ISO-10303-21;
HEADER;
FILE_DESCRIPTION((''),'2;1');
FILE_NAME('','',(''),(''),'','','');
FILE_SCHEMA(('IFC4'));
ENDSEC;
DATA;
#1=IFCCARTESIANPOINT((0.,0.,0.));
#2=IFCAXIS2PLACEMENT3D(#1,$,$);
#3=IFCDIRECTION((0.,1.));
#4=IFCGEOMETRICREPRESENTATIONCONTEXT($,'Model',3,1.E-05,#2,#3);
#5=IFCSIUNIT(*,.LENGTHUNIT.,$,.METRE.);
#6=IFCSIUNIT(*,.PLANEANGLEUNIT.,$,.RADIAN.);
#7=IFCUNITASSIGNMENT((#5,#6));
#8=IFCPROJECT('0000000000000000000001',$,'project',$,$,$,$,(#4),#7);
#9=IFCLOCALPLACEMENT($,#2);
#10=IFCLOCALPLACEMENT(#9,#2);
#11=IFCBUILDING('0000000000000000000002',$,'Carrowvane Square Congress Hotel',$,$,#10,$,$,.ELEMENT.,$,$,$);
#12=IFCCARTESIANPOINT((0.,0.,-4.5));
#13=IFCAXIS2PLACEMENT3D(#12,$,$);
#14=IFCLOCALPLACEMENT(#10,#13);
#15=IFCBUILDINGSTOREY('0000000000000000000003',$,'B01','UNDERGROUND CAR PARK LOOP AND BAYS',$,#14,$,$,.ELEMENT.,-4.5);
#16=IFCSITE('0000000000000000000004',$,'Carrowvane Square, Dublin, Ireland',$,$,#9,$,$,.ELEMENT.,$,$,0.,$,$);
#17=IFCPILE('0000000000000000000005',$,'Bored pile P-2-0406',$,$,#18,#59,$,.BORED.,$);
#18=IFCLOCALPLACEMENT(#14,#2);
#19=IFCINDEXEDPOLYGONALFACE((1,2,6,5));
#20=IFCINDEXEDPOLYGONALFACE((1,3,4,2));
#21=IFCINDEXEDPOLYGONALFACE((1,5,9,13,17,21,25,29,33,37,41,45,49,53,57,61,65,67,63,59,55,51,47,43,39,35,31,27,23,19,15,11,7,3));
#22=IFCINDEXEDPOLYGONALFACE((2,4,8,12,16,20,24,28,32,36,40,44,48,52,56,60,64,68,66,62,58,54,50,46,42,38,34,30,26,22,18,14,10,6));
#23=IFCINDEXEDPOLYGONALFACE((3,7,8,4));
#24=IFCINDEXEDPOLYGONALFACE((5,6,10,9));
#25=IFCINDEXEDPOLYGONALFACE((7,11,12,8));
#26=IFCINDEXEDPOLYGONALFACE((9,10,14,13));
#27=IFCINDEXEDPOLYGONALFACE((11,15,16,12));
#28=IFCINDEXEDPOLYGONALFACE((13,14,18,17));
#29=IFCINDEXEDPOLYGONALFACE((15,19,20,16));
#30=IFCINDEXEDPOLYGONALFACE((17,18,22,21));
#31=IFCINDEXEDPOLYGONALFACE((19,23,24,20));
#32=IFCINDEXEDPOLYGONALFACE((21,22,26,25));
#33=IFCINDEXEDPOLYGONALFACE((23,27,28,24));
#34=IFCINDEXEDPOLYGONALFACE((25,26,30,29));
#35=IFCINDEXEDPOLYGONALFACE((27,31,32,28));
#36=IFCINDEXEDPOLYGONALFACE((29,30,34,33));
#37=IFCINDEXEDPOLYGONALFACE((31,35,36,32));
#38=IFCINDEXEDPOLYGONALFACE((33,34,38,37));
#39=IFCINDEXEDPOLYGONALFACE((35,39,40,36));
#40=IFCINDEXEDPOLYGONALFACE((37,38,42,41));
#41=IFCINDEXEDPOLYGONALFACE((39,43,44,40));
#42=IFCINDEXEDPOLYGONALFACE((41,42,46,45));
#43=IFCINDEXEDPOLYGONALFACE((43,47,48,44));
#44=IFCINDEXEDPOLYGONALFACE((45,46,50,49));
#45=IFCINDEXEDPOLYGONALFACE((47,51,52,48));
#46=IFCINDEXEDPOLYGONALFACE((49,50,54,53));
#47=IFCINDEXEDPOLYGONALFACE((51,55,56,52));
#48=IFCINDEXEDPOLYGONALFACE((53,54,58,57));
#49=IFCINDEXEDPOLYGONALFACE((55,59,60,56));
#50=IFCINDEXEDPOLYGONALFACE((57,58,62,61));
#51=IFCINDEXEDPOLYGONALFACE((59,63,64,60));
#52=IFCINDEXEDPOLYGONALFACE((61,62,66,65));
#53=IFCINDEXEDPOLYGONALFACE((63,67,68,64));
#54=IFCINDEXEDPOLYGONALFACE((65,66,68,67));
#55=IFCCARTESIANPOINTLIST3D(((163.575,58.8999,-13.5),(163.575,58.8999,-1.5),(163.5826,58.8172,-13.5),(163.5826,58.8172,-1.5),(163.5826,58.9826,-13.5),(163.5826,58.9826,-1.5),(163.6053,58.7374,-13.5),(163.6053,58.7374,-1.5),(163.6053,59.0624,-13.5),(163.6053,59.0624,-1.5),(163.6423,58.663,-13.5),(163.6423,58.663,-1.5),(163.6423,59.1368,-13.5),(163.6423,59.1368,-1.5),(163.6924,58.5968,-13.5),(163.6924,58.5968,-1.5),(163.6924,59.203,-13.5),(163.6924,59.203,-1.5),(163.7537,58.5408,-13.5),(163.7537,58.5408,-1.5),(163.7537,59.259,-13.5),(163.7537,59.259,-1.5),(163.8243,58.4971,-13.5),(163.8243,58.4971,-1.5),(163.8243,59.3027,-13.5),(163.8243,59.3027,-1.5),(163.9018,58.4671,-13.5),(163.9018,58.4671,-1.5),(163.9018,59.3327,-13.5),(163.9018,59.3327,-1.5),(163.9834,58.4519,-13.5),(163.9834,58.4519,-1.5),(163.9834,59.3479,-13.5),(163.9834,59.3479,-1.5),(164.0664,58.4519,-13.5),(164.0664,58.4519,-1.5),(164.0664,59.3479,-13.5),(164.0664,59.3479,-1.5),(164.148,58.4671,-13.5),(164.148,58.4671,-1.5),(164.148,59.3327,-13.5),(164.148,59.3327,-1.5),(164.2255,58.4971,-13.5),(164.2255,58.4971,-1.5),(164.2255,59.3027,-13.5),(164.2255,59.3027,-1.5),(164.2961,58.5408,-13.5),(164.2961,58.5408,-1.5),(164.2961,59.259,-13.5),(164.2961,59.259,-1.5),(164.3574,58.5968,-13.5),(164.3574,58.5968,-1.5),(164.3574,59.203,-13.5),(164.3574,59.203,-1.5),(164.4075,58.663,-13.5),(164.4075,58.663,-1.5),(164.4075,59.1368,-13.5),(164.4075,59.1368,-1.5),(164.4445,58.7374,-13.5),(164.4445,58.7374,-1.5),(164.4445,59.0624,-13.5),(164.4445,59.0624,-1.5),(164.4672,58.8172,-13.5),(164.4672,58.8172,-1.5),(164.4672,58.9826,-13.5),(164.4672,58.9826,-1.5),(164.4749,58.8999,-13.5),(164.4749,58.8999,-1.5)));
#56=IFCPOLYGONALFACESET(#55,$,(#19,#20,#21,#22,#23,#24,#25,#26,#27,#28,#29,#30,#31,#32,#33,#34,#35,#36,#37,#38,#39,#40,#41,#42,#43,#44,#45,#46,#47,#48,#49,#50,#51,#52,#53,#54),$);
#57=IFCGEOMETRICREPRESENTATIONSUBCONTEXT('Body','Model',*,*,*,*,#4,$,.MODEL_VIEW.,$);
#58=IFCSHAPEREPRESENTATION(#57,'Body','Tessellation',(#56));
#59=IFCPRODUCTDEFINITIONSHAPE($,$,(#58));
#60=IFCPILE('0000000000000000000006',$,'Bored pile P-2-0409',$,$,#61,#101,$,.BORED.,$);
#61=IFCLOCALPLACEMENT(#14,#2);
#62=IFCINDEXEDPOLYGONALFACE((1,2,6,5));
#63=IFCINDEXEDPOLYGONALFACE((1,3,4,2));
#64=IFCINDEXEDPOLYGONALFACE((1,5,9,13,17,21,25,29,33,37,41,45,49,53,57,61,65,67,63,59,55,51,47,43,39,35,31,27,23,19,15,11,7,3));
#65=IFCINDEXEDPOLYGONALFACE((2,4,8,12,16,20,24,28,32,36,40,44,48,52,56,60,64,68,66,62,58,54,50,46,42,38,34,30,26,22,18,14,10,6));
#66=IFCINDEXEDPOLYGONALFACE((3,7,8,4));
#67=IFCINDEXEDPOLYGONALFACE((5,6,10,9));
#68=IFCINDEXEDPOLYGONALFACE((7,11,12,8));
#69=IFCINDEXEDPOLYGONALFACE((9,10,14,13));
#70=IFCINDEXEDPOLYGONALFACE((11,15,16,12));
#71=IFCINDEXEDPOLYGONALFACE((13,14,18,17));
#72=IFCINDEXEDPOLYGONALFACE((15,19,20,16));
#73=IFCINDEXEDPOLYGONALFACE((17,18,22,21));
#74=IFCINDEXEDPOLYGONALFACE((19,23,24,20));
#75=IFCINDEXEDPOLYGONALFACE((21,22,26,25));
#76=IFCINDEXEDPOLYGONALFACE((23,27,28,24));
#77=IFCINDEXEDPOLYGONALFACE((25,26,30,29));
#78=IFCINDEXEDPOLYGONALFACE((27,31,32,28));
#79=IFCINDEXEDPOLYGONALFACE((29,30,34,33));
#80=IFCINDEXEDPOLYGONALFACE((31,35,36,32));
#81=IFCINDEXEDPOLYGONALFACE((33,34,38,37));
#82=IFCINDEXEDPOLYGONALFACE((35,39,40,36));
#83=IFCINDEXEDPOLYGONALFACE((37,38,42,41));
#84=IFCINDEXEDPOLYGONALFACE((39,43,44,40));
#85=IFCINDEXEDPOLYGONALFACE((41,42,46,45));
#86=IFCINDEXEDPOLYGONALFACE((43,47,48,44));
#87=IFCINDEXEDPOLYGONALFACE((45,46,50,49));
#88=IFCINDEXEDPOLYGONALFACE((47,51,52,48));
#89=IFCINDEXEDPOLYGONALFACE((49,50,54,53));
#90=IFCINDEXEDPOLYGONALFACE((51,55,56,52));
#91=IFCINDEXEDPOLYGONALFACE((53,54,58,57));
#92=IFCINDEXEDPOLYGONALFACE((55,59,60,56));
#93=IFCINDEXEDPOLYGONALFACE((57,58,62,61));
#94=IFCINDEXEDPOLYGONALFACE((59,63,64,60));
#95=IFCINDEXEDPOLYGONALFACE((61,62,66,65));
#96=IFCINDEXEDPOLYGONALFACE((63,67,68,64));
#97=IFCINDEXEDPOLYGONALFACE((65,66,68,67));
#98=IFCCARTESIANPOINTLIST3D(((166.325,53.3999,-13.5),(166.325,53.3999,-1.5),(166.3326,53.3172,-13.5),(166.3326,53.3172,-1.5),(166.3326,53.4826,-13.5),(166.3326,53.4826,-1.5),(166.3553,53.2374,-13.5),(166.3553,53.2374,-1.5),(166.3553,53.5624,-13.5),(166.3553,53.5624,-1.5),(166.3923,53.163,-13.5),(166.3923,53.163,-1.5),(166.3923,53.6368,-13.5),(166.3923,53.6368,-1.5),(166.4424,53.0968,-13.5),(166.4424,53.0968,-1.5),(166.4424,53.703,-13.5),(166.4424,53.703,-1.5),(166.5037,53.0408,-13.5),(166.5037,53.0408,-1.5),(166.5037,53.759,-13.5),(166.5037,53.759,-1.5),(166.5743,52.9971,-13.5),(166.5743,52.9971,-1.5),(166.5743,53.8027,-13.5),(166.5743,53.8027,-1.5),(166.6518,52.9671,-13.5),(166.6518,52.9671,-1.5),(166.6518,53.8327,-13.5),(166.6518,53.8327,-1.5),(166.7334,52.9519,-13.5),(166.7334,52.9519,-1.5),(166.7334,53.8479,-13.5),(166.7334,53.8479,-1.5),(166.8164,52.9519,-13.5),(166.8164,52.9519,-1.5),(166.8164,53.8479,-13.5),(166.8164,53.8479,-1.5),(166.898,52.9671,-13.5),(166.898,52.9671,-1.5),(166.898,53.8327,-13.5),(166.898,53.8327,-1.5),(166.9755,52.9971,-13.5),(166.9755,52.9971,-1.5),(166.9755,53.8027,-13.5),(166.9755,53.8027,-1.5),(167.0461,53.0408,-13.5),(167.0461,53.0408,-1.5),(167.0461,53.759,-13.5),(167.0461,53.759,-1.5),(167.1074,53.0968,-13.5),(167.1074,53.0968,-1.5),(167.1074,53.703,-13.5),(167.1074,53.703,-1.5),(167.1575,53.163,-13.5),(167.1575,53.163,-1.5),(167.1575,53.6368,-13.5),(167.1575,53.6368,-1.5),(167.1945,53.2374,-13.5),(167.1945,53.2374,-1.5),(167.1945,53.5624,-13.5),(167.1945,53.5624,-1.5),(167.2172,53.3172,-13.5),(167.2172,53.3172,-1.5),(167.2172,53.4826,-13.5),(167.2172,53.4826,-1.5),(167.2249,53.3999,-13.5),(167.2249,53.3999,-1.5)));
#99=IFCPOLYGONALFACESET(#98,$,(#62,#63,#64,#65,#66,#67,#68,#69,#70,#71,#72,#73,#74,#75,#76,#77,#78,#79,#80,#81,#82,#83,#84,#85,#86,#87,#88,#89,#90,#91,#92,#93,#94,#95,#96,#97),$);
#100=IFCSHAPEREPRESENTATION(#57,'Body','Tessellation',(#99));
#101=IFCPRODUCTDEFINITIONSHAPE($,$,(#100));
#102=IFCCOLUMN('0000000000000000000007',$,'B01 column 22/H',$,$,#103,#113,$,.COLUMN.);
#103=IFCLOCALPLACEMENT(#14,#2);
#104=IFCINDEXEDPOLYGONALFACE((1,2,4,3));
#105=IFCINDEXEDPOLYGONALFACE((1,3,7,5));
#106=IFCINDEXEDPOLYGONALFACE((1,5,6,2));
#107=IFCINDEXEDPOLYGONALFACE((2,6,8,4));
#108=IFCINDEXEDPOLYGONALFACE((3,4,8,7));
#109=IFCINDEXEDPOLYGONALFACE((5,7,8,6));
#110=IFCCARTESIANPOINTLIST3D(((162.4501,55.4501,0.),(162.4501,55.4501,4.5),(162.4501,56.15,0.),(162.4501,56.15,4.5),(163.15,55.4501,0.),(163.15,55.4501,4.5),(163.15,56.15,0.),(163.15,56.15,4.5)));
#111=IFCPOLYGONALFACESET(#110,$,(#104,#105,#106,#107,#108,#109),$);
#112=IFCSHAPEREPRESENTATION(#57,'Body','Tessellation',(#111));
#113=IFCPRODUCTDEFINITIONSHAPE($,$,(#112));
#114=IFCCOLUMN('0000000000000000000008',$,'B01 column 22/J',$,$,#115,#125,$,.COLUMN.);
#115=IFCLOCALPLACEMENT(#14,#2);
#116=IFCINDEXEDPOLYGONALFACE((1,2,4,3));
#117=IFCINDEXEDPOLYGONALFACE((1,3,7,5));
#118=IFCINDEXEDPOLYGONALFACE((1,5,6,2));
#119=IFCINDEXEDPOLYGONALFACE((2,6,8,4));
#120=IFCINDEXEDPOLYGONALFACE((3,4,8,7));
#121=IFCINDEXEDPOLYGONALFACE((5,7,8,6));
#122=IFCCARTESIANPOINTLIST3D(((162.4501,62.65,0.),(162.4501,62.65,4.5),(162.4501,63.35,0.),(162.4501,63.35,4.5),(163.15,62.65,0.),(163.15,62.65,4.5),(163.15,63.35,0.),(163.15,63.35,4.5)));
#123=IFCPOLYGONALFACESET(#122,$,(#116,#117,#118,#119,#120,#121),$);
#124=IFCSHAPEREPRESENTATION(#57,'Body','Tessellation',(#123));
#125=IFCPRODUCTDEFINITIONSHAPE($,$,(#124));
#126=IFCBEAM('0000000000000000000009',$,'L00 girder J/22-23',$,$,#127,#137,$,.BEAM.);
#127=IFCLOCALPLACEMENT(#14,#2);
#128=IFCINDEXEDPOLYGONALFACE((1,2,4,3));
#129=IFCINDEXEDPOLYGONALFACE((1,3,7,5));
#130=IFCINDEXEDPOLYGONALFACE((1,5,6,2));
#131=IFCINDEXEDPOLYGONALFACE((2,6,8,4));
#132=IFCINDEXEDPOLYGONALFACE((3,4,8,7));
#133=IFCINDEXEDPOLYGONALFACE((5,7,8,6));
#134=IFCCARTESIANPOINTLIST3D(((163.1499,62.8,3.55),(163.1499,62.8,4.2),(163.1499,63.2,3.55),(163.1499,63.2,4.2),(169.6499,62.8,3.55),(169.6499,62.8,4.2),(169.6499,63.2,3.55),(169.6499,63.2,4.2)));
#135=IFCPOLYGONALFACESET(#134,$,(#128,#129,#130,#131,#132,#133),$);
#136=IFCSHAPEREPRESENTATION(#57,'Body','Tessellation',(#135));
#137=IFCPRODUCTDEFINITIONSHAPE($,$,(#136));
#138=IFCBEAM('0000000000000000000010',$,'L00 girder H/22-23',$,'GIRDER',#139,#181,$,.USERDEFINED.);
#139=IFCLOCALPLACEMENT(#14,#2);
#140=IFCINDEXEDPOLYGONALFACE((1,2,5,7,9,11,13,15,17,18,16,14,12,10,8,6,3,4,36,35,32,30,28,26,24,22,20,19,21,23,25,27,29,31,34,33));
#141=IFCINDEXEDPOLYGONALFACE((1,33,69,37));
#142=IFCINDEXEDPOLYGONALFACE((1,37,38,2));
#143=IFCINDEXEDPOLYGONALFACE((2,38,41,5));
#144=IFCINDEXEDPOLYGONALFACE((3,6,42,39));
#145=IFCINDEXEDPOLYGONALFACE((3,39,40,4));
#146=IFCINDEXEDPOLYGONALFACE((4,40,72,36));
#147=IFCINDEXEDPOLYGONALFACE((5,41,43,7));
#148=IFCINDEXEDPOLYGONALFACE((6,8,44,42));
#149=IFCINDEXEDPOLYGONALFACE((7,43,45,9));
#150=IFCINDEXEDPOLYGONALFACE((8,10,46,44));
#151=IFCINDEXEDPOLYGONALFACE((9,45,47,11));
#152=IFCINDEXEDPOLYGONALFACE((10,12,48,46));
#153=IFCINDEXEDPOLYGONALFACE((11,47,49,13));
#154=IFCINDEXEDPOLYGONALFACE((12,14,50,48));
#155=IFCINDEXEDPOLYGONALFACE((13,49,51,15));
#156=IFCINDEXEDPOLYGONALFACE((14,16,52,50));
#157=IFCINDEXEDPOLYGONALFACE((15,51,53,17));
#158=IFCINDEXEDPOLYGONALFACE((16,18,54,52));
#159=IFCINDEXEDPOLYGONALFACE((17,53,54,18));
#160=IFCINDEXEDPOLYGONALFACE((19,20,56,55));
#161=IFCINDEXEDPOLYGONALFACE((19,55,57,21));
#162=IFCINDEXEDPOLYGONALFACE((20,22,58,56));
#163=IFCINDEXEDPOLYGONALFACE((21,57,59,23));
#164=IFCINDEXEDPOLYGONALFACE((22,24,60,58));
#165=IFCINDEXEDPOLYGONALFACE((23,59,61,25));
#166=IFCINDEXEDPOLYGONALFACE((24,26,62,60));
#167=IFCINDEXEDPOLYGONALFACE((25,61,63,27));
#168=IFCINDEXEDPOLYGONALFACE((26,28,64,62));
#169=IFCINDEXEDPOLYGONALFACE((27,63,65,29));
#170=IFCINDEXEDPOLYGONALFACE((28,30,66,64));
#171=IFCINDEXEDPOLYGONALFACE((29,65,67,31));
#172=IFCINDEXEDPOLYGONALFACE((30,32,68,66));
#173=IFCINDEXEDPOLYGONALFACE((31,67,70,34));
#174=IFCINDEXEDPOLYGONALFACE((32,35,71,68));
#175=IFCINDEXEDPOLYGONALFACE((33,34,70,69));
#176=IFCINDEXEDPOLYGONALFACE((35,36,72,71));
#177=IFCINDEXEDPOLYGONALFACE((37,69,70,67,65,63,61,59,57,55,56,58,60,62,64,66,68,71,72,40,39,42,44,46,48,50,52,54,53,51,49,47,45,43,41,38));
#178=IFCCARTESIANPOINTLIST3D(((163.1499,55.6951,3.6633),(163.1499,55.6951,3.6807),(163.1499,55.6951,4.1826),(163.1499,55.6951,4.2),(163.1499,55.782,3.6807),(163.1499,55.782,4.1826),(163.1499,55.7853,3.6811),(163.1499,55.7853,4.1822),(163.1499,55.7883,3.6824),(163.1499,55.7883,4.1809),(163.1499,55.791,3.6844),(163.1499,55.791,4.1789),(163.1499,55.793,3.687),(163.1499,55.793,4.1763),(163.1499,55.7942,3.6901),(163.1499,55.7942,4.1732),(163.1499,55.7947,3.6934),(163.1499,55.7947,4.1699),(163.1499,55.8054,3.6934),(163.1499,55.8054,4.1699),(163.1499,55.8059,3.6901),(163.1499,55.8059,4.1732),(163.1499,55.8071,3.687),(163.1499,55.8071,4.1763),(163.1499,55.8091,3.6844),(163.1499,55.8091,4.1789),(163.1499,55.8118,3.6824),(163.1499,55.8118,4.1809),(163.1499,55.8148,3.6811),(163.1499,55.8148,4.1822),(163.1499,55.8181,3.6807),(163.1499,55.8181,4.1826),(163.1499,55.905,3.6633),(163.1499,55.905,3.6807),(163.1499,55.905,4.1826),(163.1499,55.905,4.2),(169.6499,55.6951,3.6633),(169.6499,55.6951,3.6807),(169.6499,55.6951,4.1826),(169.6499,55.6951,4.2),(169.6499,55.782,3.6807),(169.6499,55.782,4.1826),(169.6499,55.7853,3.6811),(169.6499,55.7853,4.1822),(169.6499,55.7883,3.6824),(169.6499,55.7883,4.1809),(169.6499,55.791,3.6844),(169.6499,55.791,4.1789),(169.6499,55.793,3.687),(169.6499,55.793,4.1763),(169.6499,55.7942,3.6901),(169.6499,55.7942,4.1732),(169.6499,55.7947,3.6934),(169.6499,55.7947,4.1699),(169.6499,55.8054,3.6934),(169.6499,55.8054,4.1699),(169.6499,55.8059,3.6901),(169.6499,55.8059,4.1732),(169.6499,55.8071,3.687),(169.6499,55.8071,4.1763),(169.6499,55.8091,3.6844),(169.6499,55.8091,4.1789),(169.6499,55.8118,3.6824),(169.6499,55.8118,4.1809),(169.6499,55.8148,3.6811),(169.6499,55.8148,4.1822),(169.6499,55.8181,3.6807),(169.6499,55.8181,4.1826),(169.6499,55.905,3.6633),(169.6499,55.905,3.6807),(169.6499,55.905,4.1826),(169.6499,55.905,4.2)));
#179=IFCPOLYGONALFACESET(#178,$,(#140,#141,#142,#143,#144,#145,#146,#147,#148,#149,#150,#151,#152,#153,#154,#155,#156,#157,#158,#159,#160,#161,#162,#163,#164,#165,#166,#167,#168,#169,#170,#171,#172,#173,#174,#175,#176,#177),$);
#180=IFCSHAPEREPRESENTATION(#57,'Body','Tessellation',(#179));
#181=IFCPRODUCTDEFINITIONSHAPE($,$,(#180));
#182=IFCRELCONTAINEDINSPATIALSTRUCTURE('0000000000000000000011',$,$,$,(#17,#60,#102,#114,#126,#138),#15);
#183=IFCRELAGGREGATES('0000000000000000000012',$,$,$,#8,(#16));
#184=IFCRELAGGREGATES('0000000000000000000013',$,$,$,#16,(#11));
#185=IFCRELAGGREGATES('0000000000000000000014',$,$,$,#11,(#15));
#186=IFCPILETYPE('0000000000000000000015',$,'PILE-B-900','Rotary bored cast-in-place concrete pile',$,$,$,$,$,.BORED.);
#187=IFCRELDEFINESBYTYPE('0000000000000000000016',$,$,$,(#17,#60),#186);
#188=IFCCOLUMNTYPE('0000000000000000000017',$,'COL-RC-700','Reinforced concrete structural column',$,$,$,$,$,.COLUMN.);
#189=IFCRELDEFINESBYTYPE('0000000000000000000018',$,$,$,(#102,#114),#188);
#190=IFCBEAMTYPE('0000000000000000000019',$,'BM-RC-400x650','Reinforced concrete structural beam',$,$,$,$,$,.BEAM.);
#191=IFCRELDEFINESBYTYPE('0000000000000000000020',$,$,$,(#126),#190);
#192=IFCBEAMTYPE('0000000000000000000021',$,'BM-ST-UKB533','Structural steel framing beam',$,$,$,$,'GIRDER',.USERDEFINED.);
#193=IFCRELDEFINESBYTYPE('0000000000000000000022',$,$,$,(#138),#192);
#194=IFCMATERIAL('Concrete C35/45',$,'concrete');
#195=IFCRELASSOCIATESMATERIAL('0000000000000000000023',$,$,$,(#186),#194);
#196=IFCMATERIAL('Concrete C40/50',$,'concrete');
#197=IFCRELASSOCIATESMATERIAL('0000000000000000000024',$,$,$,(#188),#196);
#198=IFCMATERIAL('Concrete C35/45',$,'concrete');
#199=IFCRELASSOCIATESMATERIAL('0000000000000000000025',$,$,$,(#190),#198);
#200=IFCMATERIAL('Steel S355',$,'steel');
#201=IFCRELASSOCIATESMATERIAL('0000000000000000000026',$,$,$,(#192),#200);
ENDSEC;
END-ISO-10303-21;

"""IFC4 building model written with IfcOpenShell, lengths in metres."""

from ifc_helpers import new_model, si_unit, direction, frame, origin, origin_2d, place, context, subcontext, project, spatial, rectangle, circle, i_section, extrude, material, material_profile, profile_set, type_object, element, save


model = new_model("IFC4")

# Units and contexts
model_context = context("Model", 3, precision=1e-05, world=origin(), true_north=direction((0.0, 1.0)))
body_context = subcontext(model_context, "Body", "Model", "MODEL_VIEW")
ifc_project = project(units=[si_unit("LENGTHUNIT", "METRE"), si_unit("PLANEANGLEUNIT", "RADIAN")], contexts=[model_context])

# Site, building, storey
site_placement = place(None, origin())
site = spatial("IfcSite", under=ifc_project, at=site_placement, Name="Carrowvane Square, Dublin, Ireland", CompositionType="ELEMENT", RefElevation=0.0)
building_placement = place(site_placement, origin())
building = spatial("IfcBuilding", under=site, at=building_placement, Name="Carrowvane Square Congress Hotel", CompositionType="ELEMENT")
storey_placement = place(building_placement, frame((0.0, 0.0, -4.5)))
storey = spatial("IfcBuildingStorey", under=building, at=storey_placement, Name="B01", Description="UNDERGROUND CAR PARK LOOP AND BAYS", CompositionType="ELEMENT", Elevation=-4.5)

# Piles
ifc_material_1 = material(Name="Concrete C35/45", Category="concrete")
ifc_material_profile_1 = material_profile(ifc_material_1, circle(Radius=0.45, at=origin_2d()), Name="PILE D900")
ifc_profile_set_1 = profile_set([ifc_material_profile_1], Name="Concrete C35/45")
pile_type_1 = type_object("IfcPileType", Name="PILE-B-900", Description="Rotary bored cast-in-place concrete pile", PredefinedType="BORED", material=ifc_profile_set_1)
for number, where, z_axis, x_axis, name in (
    (1, (164.0249, 58.8999, -1.5), (0.0, 0.0, -1.0), (1.0, 0.0, 0.0), "Bored pile P-2-0406"),
    (2, (166.7749, 53.3999, -1.5), (0.0, 0.0, -1.0), (1.0, 0.0, 0.0), "Bored pile P-2-0409"),
):
    element("IfcPile", number, at=place(storey_placement, frame(where, z_axis=z_axis, x_axis=x_axis)), inside=storey, type_object=pile_type_1, Name=name, PredefinedType="BORED", context=body_context, shape_type="SweptSolid", body=[
        extrude(circle(Radius=0.45, at=origin_2d()), origin(), (0.0, 0.0, 1.0), 12.0),
    ])

# Columns
ifc_material_2 = material(Name="Concrete C40/50", Category="concrete")
ifc_material_profile_2 = material_profile(ifc_material_2, rectangle(XDim=0.7, YDim=0.7, at=origin_2d()), Name="RC 700x700")
ifc_profile_set_2 = profile_set([ifc_material_profile_2], Name="Concrete C40/50")
column_type = type_object("IfcColumnType", Name="COL-RC-700", Description="Reinforced concrete structural column", PredefinedType="COLUMN", material=ifc_profile_set_2)
for number, where, z_axis, x_axis, name in (
    (3, (162.8, 55.8, 0.0), (0.0, 0.0, 1.0), (1.0, 0.0, 0.0), "B01 column 22/H"),
    (4, (162.8, 63.0, 0.0), (0.0, 0.0, 1.0), (1.0, 0.0, 0.0), "B01 column 22/J"),
):
    element("IfcColumn", number, at=place(storey_placement, frame(where, z_axis=z_axis, x_axis=x_axis)), inside=storey, type_object=column_type, Name=name, PredefinedType="COLUMN", context=body_context, shape_type="SweptSolid", body=[
        extrude(rectangle(XDim=0.7, YDim=0.7, at=origin_2d()), origin(), (0.0, 0.0, 1.0), 4.5),
    ])

# Beams
ifc_material_3 = material(Name="Concrete C35/45", Category="concrete")
ifc_material_profile_3 = material_profile(ifc_material_3, rectangle(XDim=0.3999, YDim=0.6499, at=origin_2d()), Name="RC 400x650")
ifc_profile_set_3 = profile_set([ifc_material_profile_3], Name="Concrete C35/45")
beam_type_1 = type_object("IfcBeamType", Name="BM-RC-400x650", Description="Reinforced concrete structural beam", PredefinedType="BEAM", material=ifc_profile_set_3)
beam_placement = place(storey_placement, frame((163.1499, 63.0, 3.875), z_axis=(1.0, 0.0, 0.0), x_axis=(0.0, 1.0, 0.0)))
element("IfcBeam", 5, at=beam_placement, inside=storey, type_object=beam_type_1, Name="L00 girder J/22-23", PredefinedType="BEAM", context=body_context, shape_type="SweptSolid", body=[
    extrude(rectangle(XDim=0.3999, YDim=0.6499, at=origin_2d()), origin(), (0.0, 0.0, 1.0), 6.5),
])
ifc_material_4 = material(Name="Steel S355", Category="steel")
ifc_material_profile_4 = material_profile(ifc_material_4, i_section(OverallWidth=0.21, OverallDepth=0.5366, WebThickness=0.0107, FlangeThickness=0.0173, FilletRadius=0.0127, at=origin_2d()), Name="UKB 533x210x101")
ifc_profile_set_4 = profile_set([ifc_material_profile_4], Name="Steel S355")
beam_type_2 = type_object("IfcBeamType", Name="BM-ST-UKB533", Description="Structural steel framing beam", ElementType="GIRDER", PredefinedType="USERDEFINED", material=ifc_profile_set_4)
for number, where, z_axis, x_axis, name in (
    (6, (163.1499, 55.8, 3.9316), (1.0, 0.0, 0.0), (0.0, 1.0, 0.0), "L00 girder H/22-23"),
):
    element("IfcBeam", number, at=place(storey_placement, frame(where, z_axis=z_axis, x_axis=x_axis)), inside=storey, type_object=beam_type_2, Name=name, ObjectType="GIRDER", PredefinedType="USERDEFINED", context=body_context, shape_type="SweptSolid", body=[
        extrude(i_section(OverallWidth=0.21, OverallDepth=0.5366, WebThickness=0.0107, FlangeThickness=0.0173, FilletRadius=0.0127, at=origin_2d()), origin(), (0.0, 0.0, 1.0), 6.5),
    ])

save(model, "model.ifc")
